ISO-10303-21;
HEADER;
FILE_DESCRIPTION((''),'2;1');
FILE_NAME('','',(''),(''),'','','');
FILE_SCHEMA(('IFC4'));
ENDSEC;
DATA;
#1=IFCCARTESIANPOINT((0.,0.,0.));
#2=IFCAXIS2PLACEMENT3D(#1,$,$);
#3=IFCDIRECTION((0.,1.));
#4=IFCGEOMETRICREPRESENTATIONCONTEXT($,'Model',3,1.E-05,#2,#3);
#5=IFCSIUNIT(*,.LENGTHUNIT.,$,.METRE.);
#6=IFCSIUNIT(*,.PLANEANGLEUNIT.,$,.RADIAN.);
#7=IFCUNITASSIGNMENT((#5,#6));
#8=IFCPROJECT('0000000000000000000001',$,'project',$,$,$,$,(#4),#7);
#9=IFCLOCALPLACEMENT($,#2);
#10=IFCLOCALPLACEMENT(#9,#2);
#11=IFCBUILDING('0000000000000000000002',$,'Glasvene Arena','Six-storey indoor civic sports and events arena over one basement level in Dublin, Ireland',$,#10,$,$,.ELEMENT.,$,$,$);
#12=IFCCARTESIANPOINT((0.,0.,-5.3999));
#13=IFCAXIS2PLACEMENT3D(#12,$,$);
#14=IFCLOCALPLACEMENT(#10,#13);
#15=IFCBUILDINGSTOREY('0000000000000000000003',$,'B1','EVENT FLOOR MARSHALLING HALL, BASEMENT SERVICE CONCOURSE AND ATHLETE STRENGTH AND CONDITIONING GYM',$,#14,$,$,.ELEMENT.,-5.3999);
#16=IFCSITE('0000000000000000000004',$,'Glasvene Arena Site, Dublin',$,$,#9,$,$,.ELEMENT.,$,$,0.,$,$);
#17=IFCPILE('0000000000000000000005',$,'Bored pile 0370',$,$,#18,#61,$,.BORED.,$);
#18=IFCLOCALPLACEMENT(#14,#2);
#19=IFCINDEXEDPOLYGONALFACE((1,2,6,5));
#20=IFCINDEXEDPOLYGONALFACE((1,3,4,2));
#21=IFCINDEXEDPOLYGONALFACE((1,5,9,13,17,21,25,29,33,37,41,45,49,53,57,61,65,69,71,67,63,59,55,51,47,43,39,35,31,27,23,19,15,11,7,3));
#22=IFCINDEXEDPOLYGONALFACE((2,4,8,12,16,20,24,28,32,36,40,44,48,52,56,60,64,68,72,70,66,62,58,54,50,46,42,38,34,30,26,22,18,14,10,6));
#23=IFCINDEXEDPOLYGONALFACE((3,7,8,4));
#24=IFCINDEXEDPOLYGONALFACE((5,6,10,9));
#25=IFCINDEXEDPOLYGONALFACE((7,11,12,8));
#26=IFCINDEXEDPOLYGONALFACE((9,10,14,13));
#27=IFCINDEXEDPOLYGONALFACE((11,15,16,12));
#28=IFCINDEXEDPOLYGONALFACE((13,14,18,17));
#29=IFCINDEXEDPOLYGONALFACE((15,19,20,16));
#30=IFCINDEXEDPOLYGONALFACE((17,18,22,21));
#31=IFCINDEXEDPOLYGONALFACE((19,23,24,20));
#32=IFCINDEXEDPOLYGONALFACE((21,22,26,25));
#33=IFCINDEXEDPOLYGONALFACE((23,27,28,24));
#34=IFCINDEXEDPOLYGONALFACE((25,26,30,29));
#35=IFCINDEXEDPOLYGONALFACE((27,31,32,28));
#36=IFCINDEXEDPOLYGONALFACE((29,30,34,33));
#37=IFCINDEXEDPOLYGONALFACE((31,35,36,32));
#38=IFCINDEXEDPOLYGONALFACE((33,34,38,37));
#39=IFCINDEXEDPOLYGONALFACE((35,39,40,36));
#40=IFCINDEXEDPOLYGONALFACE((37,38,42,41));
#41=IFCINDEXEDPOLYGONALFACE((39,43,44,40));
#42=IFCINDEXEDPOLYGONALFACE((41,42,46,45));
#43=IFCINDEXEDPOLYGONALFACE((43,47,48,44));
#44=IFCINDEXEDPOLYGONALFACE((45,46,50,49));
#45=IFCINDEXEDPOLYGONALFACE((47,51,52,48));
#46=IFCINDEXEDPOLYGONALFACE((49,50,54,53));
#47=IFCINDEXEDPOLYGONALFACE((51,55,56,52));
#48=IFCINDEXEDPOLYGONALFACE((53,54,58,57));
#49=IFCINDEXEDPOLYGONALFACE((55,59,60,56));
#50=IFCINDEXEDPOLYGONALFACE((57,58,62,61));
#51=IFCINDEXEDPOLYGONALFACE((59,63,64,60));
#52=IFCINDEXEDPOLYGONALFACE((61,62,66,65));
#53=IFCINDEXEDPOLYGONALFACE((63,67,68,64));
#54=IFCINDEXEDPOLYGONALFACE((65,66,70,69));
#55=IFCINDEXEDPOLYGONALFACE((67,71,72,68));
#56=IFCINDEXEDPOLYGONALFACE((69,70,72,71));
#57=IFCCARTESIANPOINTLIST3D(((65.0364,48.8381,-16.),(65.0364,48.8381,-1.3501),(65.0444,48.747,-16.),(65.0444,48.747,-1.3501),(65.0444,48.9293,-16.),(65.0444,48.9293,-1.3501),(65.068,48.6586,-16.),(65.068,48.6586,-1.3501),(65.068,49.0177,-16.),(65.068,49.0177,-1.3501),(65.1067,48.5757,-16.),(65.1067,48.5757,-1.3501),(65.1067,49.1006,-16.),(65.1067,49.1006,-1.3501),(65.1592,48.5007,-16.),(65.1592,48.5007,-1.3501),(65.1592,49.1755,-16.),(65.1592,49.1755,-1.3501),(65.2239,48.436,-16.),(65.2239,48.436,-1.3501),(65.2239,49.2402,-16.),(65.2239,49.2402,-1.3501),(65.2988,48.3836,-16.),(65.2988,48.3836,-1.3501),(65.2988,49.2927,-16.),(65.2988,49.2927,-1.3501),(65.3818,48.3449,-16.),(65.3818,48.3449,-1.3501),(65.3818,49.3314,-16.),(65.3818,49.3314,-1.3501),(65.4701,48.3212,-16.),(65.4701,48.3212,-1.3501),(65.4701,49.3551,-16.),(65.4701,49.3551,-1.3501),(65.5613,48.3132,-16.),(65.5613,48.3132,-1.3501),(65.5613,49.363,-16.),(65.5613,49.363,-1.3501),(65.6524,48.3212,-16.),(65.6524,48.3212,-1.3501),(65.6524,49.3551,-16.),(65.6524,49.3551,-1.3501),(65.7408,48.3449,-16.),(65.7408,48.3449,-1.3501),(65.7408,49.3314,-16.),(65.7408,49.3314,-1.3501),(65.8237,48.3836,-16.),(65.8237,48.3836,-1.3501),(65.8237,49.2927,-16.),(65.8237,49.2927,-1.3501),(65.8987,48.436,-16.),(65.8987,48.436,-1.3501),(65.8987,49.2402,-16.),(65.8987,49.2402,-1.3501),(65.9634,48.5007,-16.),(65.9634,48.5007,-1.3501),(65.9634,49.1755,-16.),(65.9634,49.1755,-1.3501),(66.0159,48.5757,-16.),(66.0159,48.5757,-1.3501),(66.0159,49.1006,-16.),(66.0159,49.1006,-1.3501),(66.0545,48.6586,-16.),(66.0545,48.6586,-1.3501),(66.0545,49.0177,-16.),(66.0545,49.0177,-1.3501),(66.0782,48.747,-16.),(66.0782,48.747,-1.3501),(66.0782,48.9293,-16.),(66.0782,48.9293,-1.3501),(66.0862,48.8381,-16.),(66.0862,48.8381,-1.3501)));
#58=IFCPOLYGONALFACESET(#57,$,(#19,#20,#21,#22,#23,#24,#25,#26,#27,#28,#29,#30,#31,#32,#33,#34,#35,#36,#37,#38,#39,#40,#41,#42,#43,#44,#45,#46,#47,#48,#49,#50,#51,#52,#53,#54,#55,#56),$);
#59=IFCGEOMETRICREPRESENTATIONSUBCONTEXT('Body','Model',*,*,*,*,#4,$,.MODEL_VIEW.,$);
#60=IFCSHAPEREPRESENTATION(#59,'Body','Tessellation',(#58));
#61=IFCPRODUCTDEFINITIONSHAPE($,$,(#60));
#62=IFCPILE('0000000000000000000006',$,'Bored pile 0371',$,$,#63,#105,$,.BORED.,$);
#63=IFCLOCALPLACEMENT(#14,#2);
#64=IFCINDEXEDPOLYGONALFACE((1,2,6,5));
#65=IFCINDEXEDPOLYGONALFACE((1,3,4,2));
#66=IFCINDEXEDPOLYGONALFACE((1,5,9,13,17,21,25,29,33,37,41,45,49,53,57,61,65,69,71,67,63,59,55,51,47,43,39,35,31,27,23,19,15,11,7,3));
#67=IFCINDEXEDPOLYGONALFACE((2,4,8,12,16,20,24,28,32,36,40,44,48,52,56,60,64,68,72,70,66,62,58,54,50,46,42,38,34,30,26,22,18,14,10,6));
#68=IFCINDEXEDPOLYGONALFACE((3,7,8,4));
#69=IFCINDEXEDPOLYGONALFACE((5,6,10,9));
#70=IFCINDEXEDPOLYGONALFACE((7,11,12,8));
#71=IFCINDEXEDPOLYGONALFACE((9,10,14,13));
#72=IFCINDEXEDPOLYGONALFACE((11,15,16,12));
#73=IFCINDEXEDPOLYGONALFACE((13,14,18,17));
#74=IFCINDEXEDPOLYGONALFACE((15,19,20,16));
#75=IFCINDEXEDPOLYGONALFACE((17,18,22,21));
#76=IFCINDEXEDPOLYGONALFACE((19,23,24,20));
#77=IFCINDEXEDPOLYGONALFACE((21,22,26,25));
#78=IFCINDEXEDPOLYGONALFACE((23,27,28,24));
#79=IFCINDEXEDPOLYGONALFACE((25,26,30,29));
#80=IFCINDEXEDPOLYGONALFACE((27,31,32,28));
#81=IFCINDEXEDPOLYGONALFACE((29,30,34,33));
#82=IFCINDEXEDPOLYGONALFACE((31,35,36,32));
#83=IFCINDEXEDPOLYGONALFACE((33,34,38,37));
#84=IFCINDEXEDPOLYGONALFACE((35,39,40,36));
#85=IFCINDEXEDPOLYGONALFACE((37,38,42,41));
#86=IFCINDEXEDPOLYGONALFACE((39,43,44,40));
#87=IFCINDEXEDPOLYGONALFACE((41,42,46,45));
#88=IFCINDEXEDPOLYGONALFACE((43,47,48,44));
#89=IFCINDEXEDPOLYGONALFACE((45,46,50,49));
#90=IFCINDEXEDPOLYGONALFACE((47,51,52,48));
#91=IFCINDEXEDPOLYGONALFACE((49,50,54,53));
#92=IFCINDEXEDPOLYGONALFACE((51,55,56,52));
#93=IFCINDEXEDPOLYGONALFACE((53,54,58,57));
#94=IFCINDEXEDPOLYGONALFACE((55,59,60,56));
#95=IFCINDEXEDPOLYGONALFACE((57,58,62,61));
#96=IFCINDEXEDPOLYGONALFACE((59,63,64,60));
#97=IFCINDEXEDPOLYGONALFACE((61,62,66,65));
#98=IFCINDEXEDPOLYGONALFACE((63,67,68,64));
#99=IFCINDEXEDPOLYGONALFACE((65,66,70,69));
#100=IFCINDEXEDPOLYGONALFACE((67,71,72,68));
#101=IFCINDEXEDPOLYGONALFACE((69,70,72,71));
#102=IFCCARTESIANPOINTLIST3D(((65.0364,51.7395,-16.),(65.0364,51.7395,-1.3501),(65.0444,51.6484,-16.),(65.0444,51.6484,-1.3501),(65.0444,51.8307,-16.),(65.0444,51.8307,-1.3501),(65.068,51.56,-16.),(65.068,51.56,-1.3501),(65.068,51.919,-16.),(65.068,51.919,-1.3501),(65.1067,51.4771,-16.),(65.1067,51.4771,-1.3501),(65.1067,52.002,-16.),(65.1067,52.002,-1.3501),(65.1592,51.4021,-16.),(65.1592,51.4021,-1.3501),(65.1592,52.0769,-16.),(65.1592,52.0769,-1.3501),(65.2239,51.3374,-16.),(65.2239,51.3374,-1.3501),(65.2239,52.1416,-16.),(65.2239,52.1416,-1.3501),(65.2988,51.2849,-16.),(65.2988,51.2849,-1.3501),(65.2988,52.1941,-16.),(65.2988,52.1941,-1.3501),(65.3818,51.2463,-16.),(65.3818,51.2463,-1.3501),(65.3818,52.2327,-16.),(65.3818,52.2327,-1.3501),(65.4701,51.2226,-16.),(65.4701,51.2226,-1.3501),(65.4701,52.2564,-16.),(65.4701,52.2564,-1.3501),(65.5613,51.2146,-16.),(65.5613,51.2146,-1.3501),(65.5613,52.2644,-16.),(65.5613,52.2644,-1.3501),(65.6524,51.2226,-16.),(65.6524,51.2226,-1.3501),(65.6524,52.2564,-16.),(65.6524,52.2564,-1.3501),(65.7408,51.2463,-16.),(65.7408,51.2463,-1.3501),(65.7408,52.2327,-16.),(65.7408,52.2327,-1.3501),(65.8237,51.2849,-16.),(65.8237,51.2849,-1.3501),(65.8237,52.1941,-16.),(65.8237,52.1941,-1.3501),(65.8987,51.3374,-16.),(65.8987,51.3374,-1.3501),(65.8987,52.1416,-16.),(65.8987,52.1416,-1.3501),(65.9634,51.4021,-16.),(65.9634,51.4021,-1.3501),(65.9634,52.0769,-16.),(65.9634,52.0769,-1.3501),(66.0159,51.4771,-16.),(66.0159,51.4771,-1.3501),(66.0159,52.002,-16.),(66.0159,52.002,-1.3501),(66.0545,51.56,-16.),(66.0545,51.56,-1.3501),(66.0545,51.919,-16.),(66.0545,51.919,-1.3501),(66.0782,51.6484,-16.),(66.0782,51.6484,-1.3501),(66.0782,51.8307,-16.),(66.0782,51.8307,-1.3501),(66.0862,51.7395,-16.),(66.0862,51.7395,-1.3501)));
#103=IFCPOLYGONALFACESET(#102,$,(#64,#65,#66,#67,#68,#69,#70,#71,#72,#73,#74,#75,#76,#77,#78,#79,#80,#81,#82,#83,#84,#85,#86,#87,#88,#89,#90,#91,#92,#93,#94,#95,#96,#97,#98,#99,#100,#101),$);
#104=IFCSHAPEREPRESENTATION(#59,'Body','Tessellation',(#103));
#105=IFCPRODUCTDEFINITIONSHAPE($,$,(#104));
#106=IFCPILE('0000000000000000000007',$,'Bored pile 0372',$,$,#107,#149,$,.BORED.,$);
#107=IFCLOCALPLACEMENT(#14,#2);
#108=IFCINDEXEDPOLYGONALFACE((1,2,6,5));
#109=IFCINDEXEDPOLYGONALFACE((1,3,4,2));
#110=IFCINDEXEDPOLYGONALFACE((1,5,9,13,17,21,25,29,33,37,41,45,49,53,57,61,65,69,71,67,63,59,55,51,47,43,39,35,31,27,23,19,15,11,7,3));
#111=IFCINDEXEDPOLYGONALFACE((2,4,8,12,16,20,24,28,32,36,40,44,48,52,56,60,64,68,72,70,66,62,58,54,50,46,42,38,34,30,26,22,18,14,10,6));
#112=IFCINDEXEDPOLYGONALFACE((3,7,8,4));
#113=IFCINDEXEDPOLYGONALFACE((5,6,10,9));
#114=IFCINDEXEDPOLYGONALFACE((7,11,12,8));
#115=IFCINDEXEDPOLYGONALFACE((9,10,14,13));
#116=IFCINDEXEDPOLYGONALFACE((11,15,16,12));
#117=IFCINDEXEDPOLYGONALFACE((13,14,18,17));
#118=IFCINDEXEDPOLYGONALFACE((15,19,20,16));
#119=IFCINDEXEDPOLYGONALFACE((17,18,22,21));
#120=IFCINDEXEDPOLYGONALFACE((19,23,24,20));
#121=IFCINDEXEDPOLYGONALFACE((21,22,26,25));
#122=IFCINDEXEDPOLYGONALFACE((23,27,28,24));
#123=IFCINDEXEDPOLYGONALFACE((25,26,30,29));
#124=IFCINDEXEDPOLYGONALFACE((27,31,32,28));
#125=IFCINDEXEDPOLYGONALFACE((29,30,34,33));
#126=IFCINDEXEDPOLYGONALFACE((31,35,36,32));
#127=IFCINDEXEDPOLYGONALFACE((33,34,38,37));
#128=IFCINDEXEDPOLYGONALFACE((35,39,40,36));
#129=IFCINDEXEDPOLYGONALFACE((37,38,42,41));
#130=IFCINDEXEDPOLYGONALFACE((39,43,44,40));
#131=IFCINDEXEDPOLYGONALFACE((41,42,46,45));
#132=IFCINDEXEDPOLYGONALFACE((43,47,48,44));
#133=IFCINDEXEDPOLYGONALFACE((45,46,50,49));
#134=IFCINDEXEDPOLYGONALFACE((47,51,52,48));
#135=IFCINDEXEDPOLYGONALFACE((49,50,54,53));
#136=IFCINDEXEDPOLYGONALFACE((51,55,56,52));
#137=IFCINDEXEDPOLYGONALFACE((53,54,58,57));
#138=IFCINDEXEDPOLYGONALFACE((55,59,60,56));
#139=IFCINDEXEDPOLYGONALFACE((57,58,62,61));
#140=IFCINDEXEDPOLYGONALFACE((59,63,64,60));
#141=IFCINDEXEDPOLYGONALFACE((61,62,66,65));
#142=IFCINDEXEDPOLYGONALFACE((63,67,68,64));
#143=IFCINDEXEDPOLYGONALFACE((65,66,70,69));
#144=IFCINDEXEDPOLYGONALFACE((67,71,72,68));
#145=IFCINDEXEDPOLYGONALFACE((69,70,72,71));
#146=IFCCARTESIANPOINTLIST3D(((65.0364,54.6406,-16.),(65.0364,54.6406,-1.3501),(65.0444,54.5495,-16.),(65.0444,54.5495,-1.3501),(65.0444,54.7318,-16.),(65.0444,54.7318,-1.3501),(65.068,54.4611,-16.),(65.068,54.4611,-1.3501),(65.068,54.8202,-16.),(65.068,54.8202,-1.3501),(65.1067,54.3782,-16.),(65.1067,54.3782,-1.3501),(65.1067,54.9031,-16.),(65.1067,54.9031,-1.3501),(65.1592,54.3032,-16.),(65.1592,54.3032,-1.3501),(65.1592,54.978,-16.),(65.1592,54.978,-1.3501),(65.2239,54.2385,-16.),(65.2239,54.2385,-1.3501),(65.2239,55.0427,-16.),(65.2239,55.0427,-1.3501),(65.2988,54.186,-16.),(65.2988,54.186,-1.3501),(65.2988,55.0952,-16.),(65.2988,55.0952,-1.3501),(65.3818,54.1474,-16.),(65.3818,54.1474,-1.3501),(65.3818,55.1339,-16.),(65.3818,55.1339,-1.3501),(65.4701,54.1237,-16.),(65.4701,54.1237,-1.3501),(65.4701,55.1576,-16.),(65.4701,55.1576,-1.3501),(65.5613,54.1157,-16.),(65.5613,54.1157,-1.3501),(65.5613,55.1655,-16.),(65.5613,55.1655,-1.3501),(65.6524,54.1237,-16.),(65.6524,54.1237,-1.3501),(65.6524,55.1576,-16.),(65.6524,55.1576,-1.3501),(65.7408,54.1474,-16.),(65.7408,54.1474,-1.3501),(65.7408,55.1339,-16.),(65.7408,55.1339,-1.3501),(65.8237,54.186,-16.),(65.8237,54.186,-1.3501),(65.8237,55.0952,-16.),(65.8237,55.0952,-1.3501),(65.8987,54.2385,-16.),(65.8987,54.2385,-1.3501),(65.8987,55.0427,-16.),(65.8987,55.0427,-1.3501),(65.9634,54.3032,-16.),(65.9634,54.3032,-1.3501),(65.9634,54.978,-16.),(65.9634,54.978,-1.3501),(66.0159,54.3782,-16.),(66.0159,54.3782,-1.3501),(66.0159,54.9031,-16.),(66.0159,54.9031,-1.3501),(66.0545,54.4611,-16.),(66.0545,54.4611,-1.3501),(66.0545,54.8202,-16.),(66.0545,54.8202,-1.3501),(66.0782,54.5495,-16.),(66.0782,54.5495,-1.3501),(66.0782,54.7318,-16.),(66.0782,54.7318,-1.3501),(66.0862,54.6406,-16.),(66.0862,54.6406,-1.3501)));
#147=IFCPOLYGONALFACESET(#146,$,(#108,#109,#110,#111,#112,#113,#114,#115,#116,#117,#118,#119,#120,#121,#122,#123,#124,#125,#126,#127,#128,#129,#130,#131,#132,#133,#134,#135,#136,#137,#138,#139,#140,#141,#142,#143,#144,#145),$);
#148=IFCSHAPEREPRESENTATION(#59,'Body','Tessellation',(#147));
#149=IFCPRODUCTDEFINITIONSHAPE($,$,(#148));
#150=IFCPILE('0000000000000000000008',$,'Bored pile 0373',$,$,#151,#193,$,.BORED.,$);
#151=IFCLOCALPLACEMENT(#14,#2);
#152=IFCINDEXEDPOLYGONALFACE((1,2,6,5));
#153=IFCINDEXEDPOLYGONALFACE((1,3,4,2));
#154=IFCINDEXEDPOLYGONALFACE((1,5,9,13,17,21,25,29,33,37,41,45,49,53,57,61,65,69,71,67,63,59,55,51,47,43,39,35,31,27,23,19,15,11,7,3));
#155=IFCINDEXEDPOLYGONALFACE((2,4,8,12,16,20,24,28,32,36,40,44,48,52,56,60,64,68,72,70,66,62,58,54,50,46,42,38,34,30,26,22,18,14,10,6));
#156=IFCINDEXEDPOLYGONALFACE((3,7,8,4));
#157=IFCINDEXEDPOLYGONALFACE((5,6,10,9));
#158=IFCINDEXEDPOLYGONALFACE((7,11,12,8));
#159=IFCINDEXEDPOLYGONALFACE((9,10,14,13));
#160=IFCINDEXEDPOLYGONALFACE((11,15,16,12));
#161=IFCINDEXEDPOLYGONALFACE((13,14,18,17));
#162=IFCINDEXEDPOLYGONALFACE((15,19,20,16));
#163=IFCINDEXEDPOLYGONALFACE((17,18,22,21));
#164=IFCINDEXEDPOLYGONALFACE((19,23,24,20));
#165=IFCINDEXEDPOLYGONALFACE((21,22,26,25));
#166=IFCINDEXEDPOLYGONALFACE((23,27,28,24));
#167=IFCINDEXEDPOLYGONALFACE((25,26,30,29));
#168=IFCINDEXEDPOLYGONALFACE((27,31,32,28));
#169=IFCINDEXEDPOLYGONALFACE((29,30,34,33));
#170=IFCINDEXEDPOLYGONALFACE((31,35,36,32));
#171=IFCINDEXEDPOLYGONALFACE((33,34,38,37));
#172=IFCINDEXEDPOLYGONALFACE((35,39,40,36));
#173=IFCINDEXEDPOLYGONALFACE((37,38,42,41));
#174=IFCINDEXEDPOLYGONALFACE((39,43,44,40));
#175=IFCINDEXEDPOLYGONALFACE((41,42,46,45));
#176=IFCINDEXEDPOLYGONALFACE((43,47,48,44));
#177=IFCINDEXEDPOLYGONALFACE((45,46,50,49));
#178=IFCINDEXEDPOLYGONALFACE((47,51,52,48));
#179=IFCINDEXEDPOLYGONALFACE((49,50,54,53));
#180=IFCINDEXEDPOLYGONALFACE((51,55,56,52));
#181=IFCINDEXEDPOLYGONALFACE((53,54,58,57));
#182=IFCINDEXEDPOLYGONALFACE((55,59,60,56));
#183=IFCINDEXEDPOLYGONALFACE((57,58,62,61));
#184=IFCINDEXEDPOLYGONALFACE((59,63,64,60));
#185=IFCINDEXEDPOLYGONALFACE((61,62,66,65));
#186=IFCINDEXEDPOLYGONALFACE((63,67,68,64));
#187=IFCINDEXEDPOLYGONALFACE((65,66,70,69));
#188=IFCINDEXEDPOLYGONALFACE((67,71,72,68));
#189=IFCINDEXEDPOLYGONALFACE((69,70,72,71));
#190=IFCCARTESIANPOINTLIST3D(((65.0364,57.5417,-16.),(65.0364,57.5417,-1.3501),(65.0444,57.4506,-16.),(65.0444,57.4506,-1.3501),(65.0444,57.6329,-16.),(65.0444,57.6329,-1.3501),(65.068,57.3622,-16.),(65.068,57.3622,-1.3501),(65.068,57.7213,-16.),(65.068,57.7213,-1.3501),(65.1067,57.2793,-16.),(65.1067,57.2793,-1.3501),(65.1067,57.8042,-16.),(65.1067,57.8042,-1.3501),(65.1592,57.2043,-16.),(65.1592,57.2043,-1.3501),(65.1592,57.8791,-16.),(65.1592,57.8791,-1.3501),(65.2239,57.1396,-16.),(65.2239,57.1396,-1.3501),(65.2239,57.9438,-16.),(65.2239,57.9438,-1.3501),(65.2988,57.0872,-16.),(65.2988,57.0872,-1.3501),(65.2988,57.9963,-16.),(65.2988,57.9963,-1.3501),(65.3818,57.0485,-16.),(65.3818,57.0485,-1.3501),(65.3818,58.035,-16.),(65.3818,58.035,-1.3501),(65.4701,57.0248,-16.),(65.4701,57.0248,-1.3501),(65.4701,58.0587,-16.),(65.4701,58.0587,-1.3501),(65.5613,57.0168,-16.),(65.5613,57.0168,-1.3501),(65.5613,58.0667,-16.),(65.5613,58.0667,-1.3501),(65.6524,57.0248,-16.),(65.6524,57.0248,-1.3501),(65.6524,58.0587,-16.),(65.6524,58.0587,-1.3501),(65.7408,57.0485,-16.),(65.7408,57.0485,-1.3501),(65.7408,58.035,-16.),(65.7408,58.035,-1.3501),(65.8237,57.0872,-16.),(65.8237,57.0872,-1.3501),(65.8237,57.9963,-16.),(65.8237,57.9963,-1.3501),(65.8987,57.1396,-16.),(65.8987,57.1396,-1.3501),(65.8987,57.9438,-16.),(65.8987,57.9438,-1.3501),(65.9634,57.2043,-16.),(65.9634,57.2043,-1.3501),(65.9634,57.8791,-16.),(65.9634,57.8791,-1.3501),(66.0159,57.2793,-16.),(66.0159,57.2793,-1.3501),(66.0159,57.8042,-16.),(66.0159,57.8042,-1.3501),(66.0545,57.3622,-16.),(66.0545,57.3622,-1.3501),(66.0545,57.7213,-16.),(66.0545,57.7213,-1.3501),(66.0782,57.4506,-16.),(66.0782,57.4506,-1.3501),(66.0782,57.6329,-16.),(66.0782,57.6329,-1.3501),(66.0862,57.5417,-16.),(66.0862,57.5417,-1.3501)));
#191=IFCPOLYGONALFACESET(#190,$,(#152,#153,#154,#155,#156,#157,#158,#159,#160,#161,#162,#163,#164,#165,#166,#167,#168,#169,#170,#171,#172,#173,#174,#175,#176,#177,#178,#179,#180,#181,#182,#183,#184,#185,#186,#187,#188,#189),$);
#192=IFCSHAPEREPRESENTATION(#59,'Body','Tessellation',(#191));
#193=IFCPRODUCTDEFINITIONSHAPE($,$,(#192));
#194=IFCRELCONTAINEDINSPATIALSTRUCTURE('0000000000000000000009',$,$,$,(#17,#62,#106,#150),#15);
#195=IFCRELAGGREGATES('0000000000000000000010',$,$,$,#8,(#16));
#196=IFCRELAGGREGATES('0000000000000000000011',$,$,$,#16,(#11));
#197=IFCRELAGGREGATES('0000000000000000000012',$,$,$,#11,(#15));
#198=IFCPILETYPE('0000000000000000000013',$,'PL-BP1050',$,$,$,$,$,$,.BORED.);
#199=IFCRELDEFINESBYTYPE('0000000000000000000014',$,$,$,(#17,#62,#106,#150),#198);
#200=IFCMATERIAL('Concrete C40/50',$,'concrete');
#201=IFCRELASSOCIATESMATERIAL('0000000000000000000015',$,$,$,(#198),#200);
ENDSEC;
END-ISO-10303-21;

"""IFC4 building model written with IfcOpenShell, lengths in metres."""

from ifc_helpers import new_model, si_unit, direction, frame, origin, origin_2d, place, context, subcontext, project, spatial, circle, extrude, material, material_profile, profile_set, type_object, element, save


model = new_model("IFC4")

# Units and contexts
model_context = context("Model", 3, precision=1e-05, world=origin(), true_north=direction((0.0, 1.0)))
body_context = subcontext(model_context, "Body", "Model", "MODEL_VIEW")
ifc_project = project(units=[si_unit("LENGTHUNIT", "METRE"), si_unit("PLANEANGLEUNIT", "RADIAN")], contexts=[model_context])

# Site, building, storey
site_placement = place(None, origin())
site = spatial("IfcSite", under=ifc_project, at=site_placement, Name="Glasvene Arena Site, Dublin", CompositionType="ELEMENT", RefElevation=0.0)
building_placement = place(site_placement, origin())
building = spatial("IfcBuilding", under=site, at=building_placement, Name="Glasvene Arena", Description="Six-storey indoor civic sports and events arena over one basement level in Dublin, Ireland", CompositionType="ELEMENT")
storey_placement = place(building_placement, frame((0.0, 0.0, -5.3999)))
storey = spatial("IfcBuildingStorey", under=building, at=storey_placement, Name="B1", Description="EVENT FLOOR MARSHALLING HALL, BASEMENT SERVICE CONCOURSE AND ATHLETE STRENGTH AND CONDITIONING GYM", CompositionType="ELEMENT", Elevation=-5.3999)

# Piles
ifc_material_1 = material(Name="Concrete C40/50", Category="concrete")
ifc_material_profile_1 = material_profile(ifc_material_1, circle(Radius=0.5249, at=origin_2d()), Name="BORED PILE 1050")
ifc_profile_set_1 = profile_set([ifc_material_profile_1], Name="Concrete C40/50")
pile_type = type_object("IfcPileType", Name="PL-BP1050", PredefinedType="BORED", material=ifc_profile_set_1)
for number, where, z_axis, x_axis, name in (
    (1, (65.5613, 48.8381, -1.3501), (0.0, 0.0, -1.0), (1.0, 0.0, 0.0), "Bored pile 0370"),
    (2, (65.5613, 51.7395, -1.3501), (0.0, 0.0, -1.0), (1.0, 0.0, 0.0), "Bored pile 0371"),
    (3, (65.5613, 54.6406, -1.3501), (0.0, 0.0, -1.0), (1.0, 0.0, 0.0), "Bored pile 0372"),
    (4, (65.5613, 57.5417, -1.3501), (0.0, 0.0, -1.0), (1.0, 0.0, 0.0), "Bored pile 0373"),
):
    element("IfcPile", number, at=place(storey_placement, frame(where, z_axis=z_axis, x_axis=x_axis)), inside=storey, type_object=pile_type, Name=name, PredefinedType="BORED", context=body_context, shape_type="SweptSolid", body=[
        extrude(circle(Radius=0.5249, at=origin_2d()), origin(), (0.0, 0.0, 1.0), 14.6499),
    ])

save(model, "model.ifc")
